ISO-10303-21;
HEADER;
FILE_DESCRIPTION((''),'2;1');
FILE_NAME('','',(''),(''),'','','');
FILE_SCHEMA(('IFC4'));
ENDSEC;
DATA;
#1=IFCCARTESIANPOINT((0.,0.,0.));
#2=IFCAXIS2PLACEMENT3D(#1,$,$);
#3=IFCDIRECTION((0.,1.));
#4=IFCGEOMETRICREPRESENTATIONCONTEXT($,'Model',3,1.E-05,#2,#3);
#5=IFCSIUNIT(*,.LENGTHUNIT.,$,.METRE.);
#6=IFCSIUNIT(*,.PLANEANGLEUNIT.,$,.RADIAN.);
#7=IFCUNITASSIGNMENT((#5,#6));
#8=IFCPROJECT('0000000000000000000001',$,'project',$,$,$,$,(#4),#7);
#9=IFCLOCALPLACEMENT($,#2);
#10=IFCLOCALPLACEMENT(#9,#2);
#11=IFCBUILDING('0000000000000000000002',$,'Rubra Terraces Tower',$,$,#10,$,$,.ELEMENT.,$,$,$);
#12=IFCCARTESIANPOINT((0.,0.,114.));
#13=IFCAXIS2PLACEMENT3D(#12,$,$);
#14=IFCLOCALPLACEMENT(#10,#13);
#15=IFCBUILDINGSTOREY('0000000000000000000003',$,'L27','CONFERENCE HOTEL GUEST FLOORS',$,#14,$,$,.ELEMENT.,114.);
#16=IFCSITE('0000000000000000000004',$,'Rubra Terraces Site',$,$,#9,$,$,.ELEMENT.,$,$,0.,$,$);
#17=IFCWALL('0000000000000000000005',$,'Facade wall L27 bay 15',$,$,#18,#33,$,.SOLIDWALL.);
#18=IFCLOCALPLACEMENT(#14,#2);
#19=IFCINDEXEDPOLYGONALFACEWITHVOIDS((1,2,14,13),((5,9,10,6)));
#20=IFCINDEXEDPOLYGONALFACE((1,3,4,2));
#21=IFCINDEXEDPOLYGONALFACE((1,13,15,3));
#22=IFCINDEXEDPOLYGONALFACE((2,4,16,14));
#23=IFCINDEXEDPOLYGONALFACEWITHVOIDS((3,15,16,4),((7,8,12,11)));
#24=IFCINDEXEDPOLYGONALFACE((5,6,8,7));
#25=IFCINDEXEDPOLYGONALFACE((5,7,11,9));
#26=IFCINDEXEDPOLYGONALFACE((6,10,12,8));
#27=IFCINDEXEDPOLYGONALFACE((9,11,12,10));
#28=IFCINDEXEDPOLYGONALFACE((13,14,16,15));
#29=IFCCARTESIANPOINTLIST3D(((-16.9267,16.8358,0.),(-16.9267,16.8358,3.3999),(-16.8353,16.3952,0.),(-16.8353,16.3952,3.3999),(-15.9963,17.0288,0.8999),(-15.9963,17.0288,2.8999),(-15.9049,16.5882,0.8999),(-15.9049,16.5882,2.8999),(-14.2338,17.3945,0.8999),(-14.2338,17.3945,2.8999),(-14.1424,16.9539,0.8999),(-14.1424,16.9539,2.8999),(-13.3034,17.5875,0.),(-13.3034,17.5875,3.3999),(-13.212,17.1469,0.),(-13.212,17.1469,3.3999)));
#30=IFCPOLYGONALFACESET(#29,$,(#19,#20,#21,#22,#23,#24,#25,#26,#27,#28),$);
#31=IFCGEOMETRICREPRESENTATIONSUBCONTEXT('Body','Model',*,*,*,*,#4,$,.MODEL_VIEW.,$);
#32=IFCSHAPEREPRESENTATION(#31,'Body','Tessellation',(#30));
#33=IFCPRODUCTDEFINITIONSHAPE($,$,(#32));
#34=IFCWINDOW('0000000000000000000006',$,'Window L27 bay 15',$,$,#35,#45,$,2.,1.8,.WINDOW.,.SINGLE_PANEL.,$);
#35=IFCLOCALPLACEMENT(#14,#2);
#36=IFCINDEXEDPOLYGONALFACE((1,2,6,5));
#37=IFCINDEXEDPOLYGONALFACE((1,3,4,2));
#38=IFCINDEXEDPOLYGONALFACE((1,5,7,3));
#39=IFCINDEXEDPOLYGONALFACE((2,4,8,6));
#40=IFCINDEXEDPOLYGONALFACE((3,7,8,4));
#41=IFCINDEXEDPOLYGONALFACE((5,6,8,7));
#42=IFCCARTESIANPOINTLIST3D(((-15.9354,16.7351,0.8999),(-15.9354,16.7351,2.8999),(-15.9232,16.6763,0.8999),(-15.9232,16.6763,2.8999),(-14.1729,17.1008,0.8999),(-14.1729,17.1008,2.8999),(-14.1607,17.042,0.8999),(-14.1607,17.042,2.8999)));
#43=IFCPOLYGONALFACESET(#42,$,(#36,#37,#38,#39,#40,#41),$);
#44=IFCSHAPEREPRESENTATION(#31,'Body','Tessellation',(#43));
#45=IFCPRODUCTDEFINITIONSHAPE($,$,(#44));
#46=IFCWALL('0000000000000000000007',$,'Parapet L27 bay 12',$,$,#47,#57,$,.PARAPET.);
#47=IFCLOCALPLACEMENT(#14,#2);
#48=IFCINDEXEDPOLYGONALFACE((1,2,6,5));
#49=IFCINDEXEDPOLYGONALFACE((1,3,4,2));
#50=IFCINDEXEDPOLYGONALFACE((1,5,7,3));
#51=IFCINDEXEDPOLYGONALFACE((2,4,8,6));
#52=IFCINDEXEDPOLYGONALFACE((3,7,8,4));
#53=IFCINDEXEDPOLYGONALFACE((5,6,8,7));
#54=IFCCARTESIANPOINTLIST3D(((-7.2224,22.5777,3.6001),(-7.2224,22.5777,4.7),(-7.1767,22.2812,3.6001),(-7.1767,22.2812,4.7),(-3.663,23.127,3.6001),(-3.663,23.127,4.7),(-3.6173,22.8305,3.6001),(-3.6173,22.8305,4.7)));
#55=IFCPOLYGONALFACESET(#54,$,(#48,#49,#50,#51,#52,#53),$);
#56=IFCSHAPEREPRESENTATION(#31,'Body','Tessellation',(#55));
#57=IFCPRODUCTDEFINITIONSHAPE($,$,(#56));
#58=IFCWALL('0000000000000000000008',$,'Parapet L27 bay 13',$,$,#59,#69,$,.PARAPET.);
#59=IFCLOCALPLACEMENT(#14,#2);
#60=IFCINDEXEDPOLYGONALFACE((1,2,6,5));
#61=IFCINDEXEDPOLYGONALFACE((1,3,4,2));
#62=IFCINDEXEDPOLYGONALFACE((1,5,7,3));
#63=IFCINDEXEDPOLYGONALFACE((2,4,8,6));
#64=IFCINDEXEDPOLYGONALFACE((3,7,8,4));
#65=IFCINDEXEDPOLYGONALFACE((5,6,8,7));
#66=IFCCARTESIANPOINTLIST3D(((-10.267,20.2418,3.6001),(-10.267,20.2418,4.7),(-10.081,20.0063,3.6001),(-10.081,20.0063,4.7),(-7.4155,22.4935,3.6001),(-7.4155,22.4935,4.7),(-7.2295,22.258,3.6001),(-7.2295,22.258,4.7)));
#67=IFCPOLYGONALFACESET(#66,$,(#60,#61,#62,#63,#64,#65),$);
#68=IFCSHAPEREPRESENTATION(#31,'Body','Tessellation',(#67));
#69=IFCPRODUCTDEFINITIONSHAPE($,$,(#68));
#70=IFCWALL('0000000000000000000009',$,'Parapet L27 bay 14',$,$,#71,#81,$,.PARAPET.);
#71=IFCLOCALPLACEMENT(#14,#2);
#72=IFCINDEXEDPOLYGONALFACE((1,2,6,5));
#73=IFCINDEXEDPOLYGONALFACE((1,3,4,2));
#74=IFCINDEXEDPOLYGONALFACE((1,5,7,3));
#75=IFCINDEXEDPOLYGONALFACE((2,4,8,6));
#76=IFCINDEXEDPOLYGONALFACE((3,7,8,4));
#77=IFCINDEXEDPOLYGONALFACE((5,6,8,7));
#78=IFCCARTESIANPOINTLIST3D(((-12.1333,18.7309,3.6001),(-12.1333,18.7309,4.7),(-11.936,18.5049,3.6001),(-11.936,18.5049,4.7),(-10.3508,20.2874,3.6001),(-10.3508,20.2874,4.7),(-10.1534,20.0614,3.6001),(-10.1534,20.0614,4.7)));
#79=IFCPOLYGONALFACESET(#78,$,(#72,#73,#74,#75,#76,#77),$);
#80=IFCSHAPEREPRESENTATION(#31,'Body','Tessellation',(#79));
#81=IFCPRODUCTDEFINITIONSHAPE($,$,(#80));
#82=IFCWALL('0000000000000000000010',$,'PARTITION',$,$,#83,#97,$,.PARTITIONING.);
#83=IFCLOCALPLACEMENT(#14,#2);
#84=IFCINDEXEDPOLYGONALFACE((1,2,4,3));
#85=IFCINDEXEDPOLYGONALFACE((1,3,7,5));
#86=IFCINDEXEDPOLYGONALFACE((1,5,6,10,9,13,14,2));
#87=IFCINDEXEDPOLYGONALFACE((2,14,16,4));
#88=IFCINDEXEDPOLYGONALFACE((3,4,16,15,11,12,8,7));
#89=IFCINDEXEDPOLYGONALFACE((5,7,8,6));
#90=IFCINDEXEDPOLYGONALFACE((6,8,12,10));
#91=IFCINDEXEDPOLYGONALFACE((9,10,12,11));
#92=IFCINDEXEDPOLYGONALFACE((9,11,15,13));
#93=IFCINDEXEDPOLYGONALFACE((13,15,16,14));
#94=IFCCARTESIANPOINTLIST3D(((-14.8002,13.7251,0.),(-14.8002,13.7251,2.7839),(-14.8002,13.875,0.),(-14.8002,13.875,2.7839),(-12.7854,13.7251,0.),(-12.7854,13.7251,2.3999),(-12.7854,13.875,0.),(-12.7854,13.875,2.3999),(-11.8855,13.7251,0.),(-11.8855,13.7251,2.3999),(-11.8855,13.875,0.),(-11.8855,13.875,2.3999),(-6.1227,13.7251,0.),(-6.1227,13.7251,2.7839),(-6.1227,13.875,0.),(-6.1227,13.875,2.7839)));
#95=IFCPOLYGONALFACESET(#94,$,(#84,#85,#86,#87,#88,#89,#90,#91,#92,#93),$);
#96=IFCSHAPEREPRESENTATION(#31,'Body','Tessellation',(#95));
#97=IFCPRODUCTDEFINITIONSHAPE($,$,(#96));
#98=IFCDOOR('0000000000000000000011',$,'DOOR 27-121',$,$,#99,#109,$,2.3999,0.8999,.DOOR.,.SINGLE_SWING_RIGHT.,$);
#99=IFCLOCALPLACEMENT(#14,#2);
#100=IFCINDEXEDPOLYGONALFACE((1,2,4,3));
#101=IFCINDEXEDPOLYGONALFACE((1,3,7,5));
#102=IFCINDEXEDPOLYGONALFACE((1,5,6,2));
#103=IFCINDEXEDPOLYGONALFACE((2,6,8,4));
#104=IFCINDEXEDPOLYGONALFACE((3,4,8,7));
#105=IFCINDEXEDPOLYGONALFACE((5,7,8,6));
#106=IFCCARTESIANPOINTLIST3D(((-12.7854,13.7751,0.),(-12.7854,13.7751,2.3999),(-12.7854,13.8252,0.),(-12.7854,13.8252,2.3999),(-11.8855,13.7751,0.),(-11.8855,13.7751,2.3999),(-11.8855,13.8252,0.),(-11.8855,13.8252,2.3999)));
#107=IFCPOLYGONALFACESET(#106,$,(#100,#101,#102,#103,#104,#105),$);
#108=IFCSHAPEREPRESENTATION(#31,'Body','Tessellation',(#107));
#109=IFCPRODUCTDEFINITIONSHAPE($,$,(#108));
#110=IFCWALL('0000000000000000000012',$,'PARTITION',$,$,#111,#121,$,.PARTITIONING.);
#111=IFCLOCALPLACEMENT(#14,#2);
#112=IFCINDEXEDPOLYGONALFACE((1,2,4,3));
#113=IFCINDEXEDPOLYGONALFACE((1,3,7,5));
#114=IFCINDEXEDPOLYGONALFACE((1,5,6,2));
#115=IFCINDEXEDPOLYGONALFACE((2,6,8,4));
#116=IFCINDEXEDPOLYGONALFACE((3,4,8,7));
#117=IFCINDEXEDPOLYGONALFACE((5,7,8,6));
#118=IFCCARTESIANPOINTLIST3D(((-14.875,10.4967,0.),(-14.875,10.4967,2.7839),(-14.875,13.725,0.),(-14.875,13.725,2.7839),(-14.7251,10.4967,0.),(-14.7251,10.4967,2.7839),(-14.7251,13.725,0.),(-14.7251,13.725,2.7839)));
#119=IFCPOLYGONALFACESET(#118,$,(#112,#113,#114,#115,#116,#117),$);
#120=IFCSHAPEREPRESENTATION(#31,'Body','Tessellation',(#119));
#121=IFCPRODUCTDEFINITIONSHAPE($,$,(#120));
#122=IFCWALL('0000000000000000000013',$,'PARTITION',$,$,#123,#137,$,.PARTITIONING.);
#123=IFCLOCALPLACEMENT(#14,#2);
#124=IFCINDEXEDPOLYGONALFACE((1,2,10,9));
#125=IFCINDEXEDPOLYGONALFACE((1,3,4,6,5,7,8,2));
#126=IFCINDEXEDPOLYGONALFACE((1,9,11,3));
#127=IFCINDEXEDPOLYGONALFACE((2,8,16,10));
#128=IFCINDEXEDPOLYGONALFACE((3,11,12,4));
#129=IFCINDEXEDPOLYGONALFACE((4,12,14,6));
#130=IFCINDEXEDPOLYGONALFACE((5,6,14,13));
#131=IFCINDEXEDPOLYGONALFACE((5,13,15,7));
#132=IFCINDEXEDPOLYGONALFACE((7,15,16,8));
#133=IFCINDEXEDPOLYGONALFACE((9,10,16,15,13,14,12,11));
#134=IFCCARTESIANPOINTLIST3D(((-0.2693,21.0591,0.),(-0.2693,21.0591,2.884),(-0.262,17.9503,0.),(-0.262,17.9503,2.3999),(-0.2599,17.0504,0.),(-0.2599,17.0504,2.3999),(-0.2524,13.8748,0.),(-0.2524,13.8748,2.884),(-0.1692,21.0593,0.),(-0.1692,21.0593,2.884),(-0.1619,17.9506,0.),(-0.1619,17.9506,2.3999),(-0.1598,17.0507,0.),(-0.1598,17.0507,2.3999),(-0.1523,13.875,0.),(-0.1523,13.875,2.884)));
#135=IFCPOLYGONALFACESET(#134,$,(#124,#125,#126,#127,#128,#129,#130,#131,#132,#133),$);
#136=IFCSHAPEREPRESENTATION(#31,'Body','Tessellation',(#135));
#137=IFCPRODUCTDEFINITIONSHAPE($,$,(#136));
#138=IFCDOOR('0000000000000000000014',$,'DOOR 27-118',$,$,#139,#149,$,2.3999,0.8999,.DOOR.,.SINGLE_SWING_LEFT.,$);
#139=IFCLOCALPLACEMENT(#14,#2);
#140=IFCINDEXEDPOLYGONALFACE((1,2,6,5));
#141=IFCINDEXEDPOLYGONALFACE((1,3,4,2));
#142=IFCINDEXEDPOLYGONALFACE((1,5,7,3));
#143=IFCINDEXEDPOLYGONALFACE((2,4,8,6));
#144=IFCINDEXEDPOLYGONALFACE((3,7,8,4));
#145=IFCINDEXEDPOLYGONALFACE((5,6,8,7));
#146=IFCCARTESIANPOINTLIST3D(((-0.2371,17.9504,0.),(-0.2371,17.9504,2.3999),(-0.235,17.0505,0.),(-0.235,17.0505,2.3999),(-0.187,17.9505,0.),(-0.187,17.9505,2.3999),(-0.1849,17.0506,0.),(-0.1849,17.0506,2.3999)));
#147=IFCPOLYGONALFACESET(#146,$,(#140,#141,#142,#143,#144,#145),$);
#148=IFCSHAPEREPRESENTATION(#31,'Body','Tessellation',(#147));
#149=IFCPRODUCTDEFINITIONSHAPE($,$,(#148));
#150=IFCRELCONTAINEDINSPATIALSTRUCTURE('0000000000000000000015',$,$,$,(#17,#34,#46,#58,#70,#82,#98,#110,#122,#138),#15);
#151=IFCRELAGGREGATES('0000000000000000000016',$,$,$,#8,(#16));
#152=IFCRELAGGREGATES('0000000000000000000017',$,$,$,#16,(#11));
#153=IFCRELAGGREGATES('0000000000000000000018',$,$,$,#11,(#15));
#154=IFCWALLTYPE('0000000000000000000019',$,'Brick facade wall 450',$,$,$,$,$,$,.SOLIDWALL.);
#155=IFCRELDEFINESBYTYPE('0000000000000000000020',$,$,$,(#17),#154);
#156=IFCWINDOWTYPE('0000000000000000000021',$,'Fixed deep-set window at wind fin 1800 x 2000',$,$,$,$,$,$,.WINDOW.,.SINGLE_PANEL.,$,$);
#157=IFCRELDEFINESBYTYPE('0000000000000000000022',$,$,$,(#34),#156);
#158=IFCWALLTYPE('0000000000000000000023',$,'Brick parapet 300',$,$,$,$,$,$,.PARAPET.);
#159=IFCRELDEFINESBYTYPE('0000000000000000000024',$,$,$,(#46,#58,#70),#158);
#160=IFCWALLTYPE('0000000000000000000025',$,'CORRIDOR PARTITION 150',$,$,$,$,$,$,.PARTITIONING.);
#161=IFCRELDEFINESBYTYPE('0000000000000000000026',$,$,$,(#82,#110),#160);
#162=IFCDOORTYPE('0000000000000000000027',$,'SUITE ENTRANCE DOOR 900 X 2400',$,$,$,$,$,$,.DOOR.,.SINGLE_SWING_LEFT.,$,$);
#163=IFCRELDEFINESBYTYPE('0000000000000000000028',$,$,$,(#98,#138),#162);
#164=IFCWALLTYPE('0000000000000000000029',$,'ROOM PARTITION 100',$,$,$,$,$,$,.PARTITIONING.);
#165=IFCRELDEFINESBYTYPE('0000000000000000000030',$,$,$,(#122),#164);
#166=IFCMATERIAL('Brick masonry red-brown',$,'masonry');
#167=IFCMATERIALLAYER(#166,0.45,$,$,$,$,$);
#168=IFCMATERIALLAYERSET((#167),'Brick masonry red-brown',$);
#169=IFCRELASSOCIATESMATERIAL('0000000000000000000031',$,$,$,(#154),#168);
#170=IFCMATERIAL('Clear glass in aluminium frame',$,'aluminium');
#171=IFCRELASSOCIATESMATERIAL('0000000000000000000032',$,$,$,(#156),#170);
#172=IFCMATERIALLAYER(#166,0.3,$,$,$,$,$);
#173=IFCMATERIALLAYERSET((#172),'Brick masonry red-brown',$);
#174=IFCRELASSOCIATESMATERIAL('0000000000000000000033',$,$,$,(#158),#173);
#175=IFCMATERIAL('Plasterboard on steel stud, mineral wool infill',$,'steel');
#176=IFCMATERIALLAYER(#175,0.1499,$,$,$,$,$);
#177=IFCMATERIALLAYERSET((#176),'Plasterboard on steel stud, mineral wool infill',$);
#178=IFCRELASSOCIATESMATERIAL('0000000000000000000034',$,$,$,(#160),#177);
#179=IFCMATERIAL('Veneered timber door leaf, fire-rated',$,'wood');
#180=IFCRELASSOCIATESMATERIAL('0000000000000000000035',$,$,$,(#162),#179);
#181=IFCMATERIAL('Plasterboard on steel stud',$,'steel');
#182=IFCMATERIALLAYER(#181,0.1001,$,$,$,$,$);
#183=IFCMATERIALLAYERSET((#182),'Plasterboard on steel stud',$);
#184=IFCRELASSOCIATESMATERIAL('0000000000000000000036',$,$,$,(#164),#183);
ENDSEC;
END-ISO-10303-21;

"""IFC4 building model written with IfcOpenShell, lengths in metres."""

from ifc_helpers import new_model, si_unit, direction, frame, frame_2d, origin, place, context, subcontext, project, spatial, rectangle, extrude, material, layer, layer_set, type_object, element, fill, save


model = new_model("IFC4")

# Units and contexts
model_context = context("Model", 3, precision=1e-05, world=origin(), true_north=direction((0.0, 1.0)))
body_context = subcontext(model_context, "Body", "Model", "MODEL_VIEW")
ifc_project = project(units=[si_unit("LENGTHUNIT", "METRE"), si_unit("PLANEANGLEUNIT", "RADIAN")], contexts=[model_context])

# Site, building, storey
site_placement = place(None, origin())
site = spatial("IfcSite", under=ifc_project, at=site_placement, Name="Rubra Terraces Site", CompositionType="ELEMENT", RefElevation=0.0)
building_placement = place(site_placement, origin())
building = spatial("IfcBuilding", under=site, at=building_placement, Name="Rubra Terraces Tower", CompositionType="ELEMENT")
storey_placement = place(building_placement, frame((0.0, 0.0, 114.0)))
storey = spatial("IfcBuildingStorey", under=building, at=storey_placement, Name="L27", Description="CONFERENCE HOTEL GUEST FLOORS", CompositionType="ELEMENT", Elevation=114.0)

# Wall, opening, window
ifc_material_1 = material(Name="Brick masonry red-brown", Category="masonry")
ifc_layer_1 = layer(ifc_material_1, 0.45)
ifc_layer_set_1 = layer_set([ifc_layer_1], Name="Brick masonry red-brown")
wall_type_1 = type_object("IfcWallType", Name="Brick facade wall 450", PredefinedType="SOLIDWALL", material=ifc_layer_set_1)
ifc_material_2 = material(Name="Clear glass in aluminium frame", Category="aluminium")
wall_1_placement = place(storey_placement, frame((-13.2578, 17.3672, 0.0), z_axis=(0.0, 0.0, 1.0), x_axis=(-0.97915, -0.20314, 0.0)))
wall_1 = element("IfcWall", 1, at=wall_1_placement, inside=storey, type_object=wall_type_1, Name="Facade wall L27 bay 15", PredefinedType="SOLIDWALL", context=body_context, shape_type="SweptSolid", body=[
    extrude(rectangle(XDim=3.7004, YDim=0.45, at=frame_2d((1.8501, 0.0))), origin(), (0.0, 0.0, 1.0), 3.3999),
])
opening_1_placement = place(wall_1_placement, frame((0.9502, 0.0, 0.8999)))
opening_1 = element("IfcOpeningElement", 2, at=opening_1_placement, cuts=wall_1, PredefinedType="OPENING", context=body_context, shape_type="SweptSolid", body=[
    extrude(rectangle(XDim=1.8, YDim=2.0, at=frame_2d((0.8999, 1.0))), frame((0.0, 0.2349, 0.0), z_axis=(0.0, -1.0, 0.0), x_axis=(1.0, 0.0, 0.0)), (0.0, 0.0, 1.0), 0.47),
])
window_type_1 = type_object("IfcWindowType", Name="Fixed deep-set window at wind fin 1800 x 2000", PartitioningType="SINGLE_PANEL", PredefinedType="WINDOW", material=ifc_material_2)
window_1_placement = place(opening_1_placement, origin())
window_1 = element("IfcWindow", 3, at=window_1_placement, inside=storey, type_object=window_type_1, Name="Window L27 bay 15", OverallHeight=2.0, OverallWidth=1.8, PartitioningType="SINGLE_PANEL", PredefinedType="WINDOW", context=body_context, shape_type="SweptSolid", body=[
    extrude(rectangle(XDim=1.8, YDim=2.0, at=frame_2d((0.8999, 1.0))), frame((0.0, 0.135, 0.0), z_axis=(0.0, -1.0, 0.0), x_axis=(1.0, 0.0, 0.0)), (0.0, 0.0, 1.0), 0.0601),
])
fill(opening_1, window_1)

# Walls
ifc_layer_2 = layer(ifc_material_1, 0.3)
ifc_layer_set_2 = layer_set([ifc_layer_2], Name="Brick masonry red-brown")
wall_type_2 = type_object("IfcWallType", Name="Brick parapet 300", PredefinedType="PARAPET", material=ifc_layer_set_2)
wall_2_placement = place(storey_placement, frame((-3.6401, 22.9788, 3.6001), z_axis=(0.0, 0.0, 1.0), x_axis=(-0.988299, -0.152526, 0.0)))
element("IfcWall", 4, at=wall_2_placement, inside=storey, type_object=wall_type_2, Name="Parapet L27 bay 12", PredefinedType="PARAPET", context=body_context, shape_type="SweptSolid", body=[
    extrude(rectangle(XDim=3.6016, YDim=0.3, at=frame_2d((1.8008, 0.0))), origin(), (0.0, 0.0, 1.0), 1.0999),
])
wall_3_placement = place(storey_placement, frame((-7.3225, 22.3757, 3.6001), z_axis=(0.0, 0.0, 1.0), x_axis=(-0.784819, -0.619725, 0.0)))
element("IfcWall", 5, at=wall_3_placement, inside=storey, type_object=wall_type_2, Name="Parapet L27 bay 13", PredefinedType="PARAPET", context=body_context, shape_type="SweptSolid", body=[
    extrude(rectangle(XDim=3.6333, YDim=0.3, at=frame_2d((1.8167, 0.0))), origin(), (0.0, 0.0, 1.0), 1.0999),
])
wall_4_placement = place(storey_placement, frame((-10.2522, 20.1743, 3.6001), z_axis=(0.0, 0.0, 1.0), x_axis=(-0.75326, -0.657723, 0.0)))
element("IfcWall", 6, at=wall_4_placement, inside=storey, type_object=wall_type_2, Name="Parapet L27 bay 14", PredefinedType="PARAPET", context=body_context, shape_type="SweptSolid", body=[
    extrude(rectangle(XDim=2.3665, YDim=0.3, at=frame_2d((1.1831, 0.0))), origin(), (0.0, 0.0, 1.0), 1.0999),
])

# Wall, opening, door
ifc_material_3 = material(Name="Plasterboard on steel stud, mineral wool infill", Category="steel")
ifc_layer_3 = layer(ifc_material_3, 0.1499)
ifc_layer_set_3 = layer_set([ifc_layer_3], Name="Plasterboard on steel stud, mineral wool infill")
wall_type_3 = type_object("IfcWallType", Name="CORRIDOR PARTITION 150", PredefinedType="PARTITIONING", material=ifc_layer_set_3)
wall_5_placement = place(storey_placement, frame((-6.1226, 13.8, 0.0), z_axis=(0.0, 0.0, 1.0), x_axis=(-1.0, 0.0, 0.0)))
wall_5 = element("IfcWall", 7, at=wall_5_placement, inside=storey, type_object=wall_type_3, Name="PARTITION", PredefinedType="PARTITIONING", context=body_context, shape_type="SweptSolid", body=[
    extrude(rectangle(XDim=8.6775, YDim=0.1499, at=frame_2d((4.3389, 0.0))), origin(), (0.0, 0.0, 1.0), 2.7839),
])
opening_2_placement = place(wall_5_placement, frame((5.7629, 0.0, 0.0)))
opening_2 = element("IfcOpeningElement", 8, at=opening_2_placement, cuts=wall_5, PredefinedType="OPENING", context=body_context, shape_type="SweptSolid", body=[
    extrude(rectangle(XDim=0.8999, YDim=2.3999, at=frame_2d((0.45, 1.2))), frame((0.0, 0.085, 0.0), z_axis=(0.0, -1.0, 0.0), x_axis=(1.0, 0.0, 0.0)), (0.0, 0.0, 1.0), 0.1699),
])
ifc_material_4 = material(Name="Veneered timber door leaf, fire-rated", Category="wood")
door_type = type_object("IfcDoorType", Name="SUITE ENTRANCE DOOR 900 X 2400", OperationType="SINGLE_SWING_LEFT", PredefinedType="DOOR", material=ifc_material_4)
door_1_placement = place(opening_2_placement, origin())
door_1 = element("IfcDoor", 9, at=door_1_placement, inside=storey, type_object=door_type, Name="DOOR 27-121", OperationType="SINGLE_SWING_RIGHT", OverallHeight=2.3999, OverallWidth=0.8999, PredefinedType="DOOR", context=body_context, shape_type="SweptSolid", body=[
    extrude(rectangle(XDim=0.8999, YDim=2.3999, at=frame_2d((0.45, 1.2))), frame((0.0, 0.0249, 0.0), z_axis=(0.0, -1.0, 0.0), x_axis=(1.0, 0.0, 0.0)), (0.0, 0.0, 1.0), 0.05),
])
fill(opening_2, door_1)

# Wall
wall_6_placement = place(storey_placement, frame((-14.8, 13.7251, 0.0), z_axis=(0.0, 0.0, 1.0), x_axis=(0.0, -1.0, 0.0)))
element("IfcWall", 10, at=wall_6_placement, inside=storey, type_object=wall_type_3, Name="PARTITION", PredefinedType="PARTITIONING", context=body_context, shape_type="SweptSolid", body=[
    extrude(rectangle(XDim=3.2283, YDim=0.1499, at=frame_2d((1.6143, 0.0))), origin(), (0.0, 0.0, 1.0), 2.7839),
])

# Wall, opening, door
ifc_material_5 = material(Name="Plasterboard on steel stud", Category="steel")
ifc_layer_4 = layer(ifc_material_5, 0.1001)
ifc_layer_set_4 = layer_set([ifc_layer_4], Name="Plasterboard on steel stud")
wall_type_4 = type_object("IfcWallType", Name="ROOM PARTITION 100", PredefinedType="PARTITIONING", material=ifc_layer_set_4)
wall_7_placement = place(storey_placement, frame((-0.2192, 21.0593, 0.0), z_axis=(0.0, 0.0, 1.0), x_axis=(0.002345, -0.999997, 0.0)))
wall_7 = element("IfcWall", 11, at=wall_7_placement, inside=storey, type_object=wall_type_4, Name="PARTITION", PredefinedType="PARTITIONING", context=body_context, shape_type="SweptSolid", body=[
    extrude(rectangle(XDim=7.1843, YDim=0.1001, at=frame_2d((3.5923, 0.0))), origin(), (0.0, 0.0, 1.0), 2.884),
])
opening_3_placement = place(wall_7_placement, frame((3.1089, 0.0, 0.0)))
opening_3 = element("IfcOpeningElement", 12, at=opening_3_placement, cuts=wall_7, PredefinedType="OPENING", context=body_context, shape_type="SweptSolid", body=[
    extrude(rectangle(XDim=0.8999, YDim=2.3999, at=frame_2d((0.45, 1.2))), frame((0.0, 0.0601, 0.0), z_axis=(0.0, -1.0, 0.0), x_axis=(1.0, 0.0, 0.0)), (0.0, 0.0, 1.0), 0.1201),
])
door_2_placement = place(opening_3_placement, origin())
door_2 = element("IfcDoor", 13, at=door_2_placement, inside=storey, type_object=door_type, Name="DOOR 27-118", OperationType="SINGLE_SWING_LEFT", OverallHeight=2.3999, OverallWidth=0.8999, PredefinedType="DOOR", context=body_context, shape_type="SweptSolid", body=[
    extrude(rectangle(XDim=0.8999, YDim=2.3999, at=frame_2d((0.45, 1.2))), frame((0.0, 0.0249, 0.0), z_axis=(0.0, -1.0, 0.0), x_axis=(1.0, 0.0, 0.0)), (0.0, 0.0, 1.0), 0.05),
])
fill(opening_3, door_2)

save(model, "model.ifc")
